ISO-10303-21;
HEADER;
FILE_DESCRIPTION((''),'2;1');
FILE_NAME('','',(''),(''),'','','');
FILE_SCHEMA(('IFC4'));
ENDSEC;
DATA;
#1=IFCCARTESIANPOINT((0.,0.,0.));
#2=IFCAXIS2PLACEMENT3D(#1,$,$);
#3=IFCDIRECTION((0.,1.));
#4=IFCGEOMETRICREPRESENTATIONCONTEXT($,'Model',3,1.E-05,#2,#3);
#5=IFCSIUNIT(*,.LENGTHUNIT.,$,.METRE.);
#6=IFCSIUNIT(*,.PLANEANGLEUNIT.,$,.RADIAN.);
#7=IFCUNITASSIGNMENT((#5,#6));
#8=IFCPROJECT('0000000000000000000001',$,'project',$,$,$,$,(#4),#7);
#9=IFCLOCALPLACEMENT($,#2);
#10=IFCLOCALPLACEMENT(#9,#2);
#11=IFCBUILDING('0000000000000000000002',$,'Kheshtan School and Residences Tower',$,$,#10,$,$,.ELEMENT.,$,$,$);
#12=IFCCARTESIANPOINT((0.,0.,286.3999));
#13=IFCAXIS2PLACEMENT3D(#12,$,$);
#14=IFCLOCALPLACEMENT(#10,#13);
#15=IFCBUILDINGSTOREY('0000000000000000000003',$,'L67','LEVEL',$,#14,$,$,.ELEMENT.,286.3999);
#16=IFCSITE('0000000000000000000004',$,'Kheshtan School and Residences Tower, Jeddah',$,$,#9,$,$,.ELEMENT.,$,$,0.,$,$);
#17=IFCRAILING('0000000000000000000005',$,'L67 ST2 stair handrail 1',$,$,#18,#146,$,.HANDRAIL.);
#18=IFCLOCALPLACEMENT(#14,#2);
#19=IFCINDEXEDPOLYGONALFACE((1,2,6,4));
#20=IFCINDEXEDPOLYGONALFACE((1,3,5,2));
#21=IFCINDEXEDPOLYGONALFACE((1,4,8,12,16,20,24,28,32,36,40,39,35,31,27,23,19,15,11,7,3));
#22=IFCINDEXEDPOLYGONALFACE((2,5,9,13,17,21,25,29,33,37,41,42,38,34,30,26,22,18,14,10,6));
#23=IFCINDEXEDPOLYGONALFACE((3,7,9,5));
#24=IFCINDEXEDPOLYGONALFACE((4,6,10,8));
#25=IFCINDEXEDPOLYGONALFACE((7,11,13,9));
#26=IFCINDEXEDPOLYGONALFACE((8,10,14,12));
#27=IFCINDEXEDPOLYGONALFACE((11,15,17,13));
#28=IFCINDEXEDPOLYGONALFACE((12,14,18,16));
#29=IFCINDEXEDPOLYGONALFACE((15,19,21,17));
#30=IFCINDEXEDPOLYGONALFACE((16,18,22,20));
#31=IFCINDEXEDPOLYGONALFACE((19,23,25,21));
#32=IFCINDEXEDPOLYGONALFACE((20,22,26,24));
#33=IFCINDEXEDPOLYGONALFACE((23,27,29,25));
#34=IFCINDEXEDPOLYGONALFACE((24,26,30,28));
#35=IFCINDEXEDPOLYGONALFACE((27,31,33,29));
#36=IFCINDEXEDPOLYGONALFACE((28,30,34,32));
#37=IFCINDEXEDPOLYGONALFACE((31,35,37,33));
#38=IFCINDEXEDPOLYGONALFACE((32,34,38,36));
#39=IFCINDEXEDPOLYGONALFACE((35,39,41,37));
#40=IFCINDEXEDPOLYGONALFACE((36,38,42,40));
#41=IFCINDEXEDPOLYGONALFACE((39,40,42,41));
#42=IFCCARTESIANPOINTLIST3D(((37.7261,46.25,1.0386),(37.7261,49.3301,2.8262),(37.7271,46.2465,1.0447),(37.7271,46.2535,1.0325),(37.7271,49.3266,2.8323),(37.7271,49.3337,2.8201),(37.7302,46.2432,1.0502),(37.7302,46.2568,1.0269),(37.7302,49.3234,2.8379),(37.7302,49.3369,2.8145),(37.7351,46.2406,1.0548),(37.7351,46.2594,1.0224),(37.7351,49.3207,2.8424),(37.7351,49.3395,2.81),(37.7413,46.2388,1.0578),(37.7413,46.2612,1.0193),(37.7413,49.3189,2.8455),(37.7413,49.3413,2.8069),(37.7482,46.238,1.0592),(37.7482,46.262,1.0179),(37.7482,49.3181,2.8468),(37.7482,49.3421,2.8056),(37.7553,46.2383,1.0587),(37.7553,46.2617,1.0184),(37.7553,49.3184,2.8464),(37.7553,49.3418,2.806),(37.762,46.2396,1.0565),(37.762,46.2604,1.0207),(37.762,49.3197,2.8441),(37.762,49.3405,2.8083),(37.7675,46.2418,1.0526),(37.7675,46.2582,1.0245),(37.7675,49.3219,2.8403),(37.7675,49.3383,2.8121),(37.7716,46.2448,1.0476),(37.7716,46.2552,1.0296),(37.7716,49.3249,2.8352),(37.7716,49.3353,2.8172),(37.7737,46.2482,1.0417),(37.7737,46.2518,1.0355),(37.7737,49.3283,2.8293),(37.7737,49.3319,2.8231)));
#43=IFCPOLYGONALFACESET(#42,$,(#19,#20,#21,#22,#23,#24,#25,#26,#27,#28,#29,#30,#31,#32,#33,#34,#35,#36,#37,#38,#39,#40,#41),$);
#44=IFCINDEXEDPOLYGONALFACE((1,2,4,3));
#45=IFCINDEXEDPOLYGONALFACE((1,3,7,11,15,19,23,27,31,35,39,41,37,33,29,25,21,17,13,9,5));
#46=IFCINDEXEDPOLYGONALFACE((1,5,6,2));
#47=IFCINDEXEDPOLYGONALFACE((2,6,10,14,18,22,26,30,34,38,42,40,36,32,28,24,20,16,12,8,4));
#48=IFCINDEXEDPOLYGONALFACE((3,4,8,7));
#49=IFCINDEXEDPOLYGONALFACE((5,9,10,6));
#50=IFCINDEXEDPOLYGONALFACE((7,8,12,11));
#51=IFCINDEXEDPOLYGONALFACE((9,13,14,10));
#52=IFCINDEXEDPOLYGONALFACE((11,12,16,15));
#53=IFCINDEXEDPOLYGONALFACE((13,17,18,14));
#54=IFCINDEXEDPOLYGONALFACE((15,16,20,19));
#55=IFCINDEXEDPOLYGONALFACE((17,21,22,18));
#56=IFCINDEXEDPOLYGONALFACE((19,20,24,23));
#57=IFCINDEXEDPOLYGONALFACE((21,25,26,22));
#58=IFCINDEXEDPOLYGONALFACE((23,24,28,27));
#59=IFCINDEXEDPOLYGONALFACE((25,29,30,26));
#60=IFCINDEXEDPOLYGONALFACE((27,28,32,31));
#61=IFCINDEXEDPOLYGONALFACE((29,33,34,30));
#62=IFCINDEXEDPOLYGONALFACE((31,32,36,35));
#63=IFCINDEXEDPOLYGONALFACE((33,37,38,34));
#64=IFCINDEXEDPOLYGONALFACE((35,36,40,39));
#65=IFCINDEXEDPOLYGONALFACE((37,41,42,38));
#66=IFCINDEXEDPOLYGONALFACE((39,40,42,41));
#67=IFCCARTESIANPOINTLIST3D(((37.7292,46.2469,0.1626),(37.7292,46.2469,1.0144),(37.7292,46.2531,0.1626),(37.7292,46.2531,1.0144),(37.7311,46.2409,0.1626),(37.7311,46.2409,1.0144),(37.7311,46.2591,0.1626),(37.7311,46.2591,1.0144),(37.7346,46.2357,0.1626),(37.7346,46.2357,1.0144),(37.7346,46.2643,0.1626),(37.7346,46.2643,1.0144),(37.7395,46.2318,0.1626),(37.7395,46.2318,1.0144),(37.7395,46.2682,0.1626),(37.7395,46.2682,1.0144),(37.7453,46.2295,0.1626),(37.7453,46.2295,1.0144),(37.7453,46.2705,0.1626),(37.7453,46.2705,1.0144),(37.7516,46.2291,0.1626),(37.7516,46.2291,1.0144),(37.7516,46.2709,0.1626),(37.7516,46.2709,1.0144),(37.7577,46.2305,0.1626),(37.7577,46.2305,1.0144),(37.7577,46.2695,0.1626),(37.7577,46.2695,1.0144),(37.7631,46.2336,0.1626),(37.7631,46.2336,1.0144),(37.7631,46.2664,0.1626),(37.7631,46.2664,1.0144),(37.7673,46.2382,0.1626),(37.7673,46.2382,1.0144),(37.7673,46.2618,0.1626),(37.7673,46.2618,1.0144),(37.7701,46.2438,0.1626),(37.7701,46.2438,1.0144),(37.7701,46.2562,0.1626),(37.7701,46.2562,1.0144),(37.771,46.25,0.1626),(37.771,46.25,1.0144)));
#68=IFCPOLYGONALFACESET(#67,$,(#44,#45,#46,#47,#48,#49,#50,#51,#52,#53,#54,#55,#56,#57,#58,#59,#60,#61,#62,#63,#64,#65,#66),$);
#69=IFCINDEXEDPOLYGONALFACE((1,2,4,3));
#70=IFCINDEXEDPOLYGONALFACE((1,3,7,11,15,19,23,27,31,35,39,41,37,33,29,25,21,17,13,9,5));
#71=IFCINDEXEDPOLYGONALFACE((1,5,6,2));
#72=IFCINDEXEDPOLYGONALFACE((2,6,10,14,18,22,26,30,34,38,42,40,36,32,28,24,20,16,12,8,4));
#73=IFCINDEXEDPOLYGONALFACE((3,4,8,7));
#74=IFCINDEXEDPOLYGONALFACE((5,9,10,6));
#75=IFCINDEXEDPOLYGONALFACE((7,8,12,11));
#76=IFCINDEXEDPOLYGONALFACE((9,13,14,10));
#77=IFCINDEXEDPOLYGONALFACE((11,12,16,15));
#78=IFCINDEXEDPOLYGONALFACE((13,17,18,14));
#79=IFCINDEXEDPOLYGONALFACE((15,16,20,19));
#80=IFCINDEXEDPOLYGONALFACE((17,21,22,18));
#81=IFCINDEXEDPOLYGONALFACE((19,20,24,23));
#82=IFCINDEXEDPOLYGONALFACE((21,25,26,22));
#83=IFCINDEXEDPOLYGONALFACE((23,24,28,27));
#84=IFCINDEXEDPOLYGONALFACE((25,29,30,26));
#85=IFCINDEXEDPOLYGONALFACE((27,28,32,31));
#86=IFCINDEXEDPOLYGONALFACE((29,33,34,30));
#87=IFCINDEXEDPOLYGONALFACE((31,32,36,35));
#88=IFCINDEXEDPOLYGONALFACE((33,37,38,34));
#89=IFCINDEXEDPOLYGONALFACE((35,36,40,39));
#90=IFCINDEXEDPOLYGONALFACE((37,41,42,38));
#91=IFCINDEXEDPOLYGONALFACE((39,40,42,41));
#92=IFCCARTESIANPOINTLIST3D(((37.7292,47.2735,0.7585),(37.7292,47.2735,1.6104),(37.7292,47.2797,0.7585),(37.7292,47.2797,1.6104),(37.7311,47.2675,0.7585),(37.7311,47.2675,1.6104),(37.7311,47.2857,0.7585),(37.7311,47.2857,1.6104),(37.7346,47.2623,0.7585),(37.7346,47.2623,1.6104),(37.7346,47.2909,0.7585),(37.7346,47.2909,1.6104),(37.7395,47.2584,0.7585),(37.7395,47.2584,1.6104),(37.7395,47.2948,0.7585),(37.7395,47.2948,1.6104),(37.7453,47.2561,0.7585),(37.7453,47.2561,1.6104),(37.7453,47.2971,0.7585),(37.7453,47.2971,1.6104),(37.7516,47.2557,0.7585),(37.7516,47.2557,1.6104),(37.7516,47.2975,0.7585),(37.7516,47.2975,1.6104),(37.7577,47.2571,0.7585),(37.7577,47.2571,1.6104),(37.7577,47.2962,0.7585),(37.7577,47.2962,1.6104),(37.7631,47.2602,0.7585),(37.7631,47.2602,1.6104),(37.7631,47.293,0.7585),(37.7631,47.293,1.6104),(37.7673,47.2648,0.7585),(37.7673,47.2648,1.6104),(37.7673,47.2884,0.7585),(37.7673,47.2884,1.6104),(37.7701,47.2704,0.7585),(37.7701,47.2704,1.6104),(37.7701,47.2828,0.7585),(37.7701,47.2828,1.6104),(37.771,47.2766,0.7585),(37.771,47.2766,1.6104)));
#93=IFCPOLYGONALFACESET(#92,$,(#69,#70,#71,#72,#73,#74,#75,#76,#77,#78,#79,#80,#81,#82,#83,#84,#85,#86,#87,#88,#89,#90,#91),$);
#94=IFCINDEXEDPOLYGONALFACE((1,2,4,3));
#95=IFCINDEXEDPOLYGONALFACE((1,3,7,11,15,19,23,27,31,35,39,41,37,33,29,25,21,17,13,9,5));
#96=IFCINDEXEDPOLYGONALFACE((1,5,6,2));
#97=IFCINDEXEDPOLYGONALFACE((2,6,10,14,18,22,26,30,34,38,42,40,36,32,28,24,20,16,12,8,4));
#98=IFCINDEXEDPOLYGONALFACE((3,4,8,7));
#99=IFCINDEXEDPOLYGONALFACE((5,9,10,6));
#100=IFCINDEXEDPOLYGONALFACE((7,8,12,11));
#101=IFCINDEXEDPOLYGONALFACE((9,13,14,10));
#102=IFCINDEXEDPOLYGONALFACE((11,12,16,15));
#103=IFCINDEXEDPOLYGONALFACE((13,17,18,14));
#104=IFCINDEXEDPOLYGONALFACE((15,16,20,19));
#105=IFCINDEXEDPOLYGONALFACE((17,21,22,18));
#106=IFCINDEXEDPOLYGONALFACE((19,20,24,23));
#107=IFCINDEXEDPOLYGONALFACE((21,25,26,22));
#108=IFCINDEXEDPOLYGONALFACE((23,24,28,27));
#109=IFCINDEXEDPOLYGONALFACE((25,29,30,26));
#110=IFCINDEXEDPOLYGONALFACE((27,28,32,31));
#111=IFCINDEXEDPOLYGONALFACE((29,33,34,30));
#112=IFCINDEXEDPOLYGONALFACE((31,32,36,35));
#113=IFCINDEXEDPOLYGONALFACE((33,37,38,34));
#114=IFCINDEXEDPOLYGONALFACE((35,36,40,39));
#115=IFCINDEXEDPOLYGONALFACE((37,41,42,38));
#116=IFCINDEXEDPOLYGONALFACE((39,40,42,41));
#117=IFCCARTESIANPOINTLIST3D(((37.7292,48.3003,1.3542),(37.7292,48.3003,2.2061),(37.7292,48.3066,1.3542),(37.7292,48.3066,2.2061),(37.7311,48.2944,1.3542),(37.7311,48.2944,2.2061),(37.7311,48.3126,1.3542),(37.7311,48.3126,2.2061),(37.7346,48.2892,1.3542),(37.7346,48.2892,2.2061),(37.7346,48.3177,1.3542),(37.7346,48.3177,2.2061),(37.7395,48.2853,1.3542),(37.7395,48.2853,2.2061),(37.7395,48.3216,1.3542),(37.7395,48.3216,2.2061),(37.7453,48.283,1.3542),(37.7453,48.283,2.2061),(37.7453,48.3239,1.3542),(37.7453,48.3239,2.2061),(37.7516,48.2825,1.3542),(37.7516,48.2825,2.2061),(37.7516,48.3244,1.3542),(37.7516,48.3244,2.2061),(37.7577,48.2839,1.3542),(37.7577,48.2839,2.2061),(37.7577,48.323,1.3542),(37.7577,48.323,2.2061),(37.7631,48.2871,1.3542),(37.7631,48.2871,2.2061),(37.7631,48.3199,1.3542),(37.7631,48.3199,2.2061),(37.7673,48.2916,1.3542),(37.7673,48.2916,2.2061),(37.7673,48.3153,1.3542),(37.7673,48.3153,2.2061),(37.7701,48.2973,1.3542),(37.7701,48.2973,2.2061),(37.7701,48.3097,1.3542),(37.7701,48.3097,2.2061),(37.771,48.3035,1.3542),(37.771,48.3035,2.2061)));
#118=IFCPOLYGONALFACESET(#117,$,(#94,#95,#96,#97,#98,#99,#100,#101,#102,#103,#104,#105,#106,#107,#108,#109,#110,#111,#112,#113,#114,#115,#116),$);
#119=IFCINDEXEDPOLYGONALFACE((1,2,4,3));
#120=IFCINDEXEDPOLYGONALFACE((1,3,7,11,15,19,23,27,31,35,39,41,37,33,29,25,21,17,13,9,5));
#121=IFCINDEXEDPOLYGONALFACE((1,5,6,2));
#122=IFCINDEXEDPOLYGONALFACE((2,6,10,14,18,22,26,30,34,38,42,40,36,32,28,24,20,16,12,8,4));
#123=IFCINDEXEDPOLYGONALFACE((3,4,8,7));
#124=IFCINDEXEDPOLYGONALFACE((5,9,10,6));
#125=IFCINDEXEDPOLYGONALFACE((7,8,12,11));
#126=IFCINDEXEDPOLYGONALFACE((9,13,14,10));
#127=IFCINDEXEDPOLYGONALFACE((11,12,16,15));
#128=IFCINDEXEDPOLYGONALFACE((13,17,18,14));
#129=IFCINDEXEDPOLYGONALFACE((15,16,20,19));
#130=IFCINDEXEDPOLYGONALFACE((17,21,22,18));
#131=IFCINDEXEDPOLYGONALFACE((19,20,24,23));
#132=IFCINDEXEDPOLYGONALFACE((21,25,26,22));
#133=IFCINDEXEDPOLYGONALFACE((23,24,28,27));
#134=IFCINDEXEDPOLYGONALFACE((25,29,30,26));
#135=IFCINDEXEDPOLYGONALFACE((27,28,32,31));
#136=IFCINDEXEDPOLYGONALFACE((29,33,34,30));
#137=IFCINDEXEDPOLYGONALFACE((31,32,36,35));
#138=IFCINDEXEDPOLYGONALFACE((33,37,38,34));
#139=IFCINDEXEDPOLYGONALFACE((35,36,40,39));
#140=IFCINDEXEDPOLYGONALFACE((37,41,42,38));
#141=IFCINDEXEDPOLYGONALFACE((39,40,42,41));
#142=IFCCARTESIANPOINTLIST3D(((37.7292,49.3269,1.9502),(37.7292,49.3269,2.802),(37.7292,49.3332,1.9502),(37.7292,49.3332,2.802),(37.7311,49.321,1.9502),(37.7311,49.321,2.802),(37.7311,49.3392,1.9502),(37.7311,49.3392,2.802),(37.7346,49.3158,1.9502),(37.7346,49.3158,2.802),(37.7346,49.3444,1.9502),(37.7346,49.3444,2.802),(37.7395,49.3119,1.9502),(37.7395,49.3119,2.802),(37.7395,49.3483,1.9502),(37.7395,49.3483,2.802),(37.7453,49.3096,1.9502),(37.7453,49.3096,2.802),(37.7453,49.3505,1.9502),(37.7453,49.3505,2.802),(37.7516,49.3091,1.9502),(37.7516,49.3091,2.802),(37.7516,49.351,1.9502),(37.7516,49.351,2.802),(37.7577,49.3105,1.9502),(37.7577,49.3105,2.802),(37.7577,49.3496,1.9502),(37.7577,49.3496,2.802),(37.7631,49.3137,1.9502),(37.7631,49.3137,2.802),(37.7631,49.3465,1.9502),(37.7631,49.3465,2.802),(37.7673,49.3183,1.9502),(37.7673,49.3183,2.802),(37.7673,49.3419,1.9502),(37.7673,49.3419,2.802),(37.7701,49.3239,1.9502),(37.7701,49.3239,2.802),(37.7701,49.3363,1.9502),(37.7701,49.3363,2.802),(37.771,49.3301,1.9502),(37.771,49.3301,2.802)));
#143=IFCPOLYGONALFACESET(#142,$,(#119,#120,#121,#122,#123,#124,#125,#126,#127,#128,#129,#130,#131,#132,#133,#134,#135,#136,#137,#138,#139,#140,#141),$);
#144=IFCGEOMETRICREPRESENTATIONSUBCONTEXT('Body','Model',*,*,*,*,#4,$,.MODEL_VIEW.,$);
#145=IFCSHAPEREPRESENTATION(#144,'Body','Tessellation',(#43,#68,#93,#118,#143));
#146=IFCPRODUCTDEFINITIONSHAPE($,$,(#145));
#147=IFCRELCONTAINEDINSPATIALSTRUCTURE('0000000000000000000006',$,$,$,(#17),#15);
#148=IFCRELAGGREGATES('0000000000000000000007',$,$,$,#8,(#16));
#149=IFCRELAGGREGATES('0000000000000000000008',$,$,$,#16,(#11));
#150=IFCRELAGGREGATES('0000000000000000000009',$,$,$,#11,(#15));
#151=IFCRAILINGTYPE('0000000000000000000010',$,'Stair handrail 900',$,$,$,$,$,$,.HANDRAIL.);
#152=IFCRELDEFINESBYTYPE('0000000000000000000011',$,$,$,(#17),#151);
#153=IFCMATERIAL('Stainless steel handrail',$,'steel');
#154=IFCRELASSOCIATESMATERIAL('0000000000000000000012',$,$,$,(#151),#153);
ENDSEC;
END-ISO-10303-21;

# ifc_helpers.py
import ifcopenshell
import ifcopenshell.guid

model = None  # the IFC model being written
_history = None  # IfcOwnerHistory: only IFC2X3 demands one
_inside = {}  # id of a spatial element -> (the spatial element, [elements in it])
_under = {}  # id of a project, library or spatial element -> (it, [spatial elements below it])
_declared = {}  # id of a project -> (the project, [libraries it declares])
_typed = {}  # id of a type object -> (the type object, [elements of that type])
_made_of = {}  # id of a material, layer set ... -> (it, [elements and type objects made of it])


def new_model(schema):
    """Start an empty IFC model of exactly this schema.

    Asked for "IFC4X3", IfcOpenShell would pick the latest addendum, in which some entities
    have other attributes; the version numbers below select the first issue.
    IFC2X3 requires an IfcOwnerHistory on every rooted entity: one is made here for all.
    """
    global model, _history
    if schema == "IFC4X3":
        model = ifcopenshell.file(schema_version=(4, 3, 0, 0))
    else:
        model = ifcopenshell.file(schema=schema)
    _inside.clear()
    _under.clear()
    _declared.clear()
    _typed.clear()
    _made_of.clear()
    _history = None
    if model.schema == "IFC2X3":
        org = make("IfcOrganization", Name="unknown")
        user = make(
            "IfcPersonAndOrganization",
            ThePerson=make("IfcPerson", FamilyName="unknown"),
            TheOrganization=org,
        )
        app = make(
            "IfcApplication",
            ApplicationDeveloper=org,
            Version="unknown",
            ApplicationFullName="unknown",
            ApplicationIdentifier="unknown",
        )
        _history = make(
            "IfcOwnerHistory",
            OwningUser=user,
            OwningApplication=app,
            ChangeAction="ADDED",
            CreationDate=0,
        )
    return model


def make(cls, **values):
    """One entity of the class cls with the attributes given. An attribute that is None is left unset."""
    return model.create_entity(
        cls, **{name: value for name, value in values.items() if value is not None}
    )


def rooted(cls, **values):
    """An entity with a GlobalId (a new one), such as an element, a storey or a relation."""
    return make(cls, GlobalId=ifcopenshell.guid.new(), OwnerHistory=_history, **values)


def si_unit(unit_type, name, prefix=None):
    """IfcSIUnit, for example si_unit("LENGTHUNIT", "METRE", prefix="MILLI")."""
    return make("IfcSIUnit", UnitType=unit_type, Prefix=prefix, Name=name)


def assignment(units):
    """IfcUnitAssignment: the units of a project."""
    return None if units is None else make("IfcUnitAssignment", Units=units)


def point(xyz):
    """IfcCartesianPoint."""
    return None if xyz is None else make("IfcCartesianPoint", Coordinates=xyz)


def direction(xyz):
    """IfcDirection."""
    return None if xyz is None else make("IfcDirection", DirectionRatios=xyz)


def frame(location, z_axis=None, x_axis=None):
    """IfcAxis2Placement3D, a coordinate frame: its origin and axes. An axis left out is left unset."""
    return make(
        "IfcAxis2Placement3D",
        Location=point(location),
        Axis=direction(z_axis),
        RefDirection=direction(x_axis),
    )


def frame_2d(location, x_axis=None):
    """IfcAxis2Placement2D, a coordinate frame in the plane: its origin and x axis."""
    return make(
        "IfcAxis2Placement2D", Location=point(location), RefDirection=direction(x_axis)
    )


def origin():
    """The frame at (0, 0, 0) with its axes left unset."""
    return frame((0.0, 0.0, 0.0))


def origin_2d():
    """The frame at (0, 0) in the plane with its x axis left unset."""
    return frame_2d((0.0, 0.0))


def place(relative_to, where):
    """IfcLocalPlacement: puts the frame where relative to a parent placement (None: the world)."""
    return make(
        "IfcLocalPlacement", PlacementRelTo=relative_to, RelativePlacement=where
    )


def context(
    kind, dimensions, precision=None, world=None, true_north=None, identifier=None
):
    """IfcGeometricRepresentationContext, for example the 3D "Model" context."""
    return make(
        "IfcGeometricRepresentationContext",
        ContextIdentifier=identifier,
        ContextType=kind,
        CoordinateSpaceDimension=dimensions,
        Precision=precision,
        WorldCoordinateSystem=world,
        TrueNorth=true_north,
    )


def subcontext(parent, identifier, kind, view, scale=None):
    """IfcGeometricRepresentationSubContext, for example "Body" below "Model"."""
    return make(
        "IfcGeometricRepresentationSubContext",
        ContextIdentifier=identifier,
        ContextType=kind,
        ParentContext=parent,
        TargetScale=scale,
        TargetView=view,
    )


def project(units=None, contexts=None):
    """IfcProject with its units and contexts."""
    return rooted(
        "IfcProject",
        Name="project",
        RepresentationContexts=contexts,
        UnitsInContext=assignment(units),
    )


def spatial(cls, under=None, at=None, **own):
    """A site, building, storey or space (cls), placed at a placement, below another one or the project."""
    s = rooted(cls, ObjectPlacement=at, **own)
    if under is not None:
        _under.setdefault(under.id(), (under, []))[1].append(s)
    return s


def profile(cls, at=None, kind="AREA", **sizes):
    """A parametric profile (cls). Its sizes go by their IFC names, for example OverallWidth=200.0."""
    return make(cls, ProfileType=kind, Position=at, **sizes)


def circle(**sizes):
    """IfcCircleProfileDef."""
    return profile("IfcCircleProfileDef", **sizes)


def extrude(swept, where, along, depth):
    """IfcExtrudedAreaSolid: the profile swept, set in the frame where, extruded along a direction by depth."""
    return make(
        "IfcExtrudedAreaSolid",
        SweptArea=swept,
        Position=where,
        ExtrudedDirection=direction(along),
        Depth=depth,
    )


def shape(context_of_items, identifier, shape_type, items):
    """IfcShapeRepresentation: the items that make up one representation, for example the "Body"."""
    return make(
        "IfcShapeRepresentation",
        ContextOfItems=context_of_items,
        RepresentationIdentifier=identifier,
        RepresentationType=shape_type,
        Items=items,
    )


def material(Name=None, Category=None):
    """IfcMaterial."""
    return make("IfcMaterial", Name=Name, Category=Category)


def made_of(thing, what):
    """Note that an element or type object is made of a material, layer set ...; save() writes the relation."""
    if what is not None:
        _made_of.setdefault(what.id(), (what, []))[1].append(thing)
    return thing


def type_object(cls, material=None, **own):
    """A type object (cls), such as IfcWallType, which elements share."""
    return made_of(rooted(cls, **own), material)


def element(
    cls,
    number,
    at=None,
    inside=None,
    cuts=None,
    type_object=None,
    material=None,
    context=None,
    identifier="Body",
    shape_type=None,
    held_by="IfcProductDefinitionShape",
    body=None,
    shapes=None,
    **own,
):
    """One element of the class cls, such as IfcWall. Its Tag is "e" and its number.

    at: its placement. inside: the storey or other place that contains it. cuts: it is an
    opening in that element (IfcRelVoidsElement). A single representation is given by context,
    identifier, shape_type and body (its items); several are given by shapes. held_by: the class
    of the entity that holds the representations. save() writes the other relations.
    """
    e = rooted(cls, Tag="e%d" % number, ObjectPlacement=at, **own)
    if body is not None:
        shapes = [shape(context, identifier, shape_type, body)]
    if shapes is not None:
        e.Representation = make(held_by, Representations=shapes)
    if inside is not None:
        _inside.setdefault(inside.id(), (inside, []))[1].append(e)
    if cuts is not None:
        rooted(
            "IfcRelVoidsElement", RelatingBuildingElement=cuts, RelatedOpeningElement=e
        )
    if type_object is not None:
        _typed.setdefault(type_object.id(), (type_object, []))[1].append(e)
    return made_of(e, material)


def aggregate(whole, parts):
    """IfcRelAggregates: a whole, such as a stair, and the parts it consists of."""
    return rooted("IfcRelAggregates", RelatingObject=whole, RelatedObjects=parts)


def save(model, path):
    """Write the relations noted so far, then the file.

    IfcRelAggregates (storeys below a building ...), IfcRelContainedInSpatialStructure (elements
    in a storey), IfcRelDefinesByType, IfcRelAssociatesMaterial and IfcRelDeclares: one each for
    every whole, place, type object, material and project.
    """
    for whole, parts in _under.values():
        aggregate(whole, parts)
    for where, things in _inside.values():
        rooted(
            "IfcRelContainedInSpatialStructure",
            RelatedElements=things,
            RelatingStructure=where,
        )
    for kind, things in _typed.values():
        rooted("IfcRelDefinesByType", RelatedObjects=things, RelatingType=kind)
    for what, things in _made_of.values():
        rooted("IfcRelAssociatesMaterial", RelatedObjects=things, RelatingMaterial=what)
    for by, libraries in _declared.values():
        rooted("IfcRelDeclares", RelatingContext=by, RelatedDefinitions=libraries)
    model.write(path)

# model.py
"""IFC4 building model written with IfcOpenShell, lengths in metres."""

from ifc_helpers import new_model, si_unit, direction, frame, origin, origin_2d, place, context, subcontext, project, spatial, circle, extrude, material, type_object, element, save


model = new_model("IFC4")

# Units and contexts
model_context = context("Model", 3, precision=1e-05, world=origin(), true_north=direction((0.0, 1.0)))
body_context = subcontext(model_context, "Body", "Model", "MODEL_VIEW")
ifc_project = project(units=[si_unit("LENGTHUNIT", "METRE"), si_unit("PLANEANGLEUNIT", "RADIAN")], contexts=[model_context])

# Site, building, storey
site_placement = place(None, origin())
site = spatial("IfcSite", under=ifc_project, at=site_placement, Name="Kheshtan School and Residences Tower, Jeddah", CompositionType="ELEMENT", RefElevation=0.0)
building_placement = place(site_placement, origin())
building = spatial("IfcBuilding", under=site, at=building_placement, Name="Kheshtan School and Residences Tower", CompositionType="ELEMENT")
storey_placement = place(building_placement, frame((0.0, 0.0, 286.3999)))
storey = spatial("IfcBuildingStorey", under=building, at=storey_placement, Name="L67", Description="LEVEL", CompositionType="ELEMENT", Elevation=286.3999)

# Railing
ifc_material_1 = material(Name="Stainless steel handrail", Category="steel")
railing_type = type_object("IfcRailingType", Name="Stair handrail 900", PredefinedType="HANDRAIL", material=ifc_material_1)
railing_1_placement = place(storey_placement, frame((37.75, 46.25, 0.1626)))
element("IfcRailing", 1, at=railing_1_placement, inside=storey, type_object=railing_type, Name="L67 ST2 stair handrail 1", PredefinedType="HANDRAIL", context=body_context, shape_type="SweptSolid", body=[
    extrude(circle(Radius=0.0239, at=origin_2d()), frame((0.0, 0.0, 0.876), z_axis=(0.0, 0.864891, 0.50196), x_axis=(-1.0, 0.0, 0.0)), (0.0, 0.0, 1.0), 3.5613),
    extrude(circle(Radius=0.021, at=origin_2d()), origin(), (0.0, 0.0, 1.0), 0.8518),
    extrude(circle(Radius=0.021, at=origin_2d()), frame((0.0, 1.0266, 0.5959)), (0.0, 0.0, 1.0), 0.8518),
    extrude(circle(Radius=0.021, at=origin_2d()), frame((0.0, 2.0535, 1.1917)), (0.0, 0.0, 1.0), 0.8518),
    extrude(circle(Radius=0.021, at=origin_2d()), frame((0.0, 3.0801, 1.7876)), (0.0, 0.0, 1.0), 0.8518),
])

save(model, "model.ifc")
